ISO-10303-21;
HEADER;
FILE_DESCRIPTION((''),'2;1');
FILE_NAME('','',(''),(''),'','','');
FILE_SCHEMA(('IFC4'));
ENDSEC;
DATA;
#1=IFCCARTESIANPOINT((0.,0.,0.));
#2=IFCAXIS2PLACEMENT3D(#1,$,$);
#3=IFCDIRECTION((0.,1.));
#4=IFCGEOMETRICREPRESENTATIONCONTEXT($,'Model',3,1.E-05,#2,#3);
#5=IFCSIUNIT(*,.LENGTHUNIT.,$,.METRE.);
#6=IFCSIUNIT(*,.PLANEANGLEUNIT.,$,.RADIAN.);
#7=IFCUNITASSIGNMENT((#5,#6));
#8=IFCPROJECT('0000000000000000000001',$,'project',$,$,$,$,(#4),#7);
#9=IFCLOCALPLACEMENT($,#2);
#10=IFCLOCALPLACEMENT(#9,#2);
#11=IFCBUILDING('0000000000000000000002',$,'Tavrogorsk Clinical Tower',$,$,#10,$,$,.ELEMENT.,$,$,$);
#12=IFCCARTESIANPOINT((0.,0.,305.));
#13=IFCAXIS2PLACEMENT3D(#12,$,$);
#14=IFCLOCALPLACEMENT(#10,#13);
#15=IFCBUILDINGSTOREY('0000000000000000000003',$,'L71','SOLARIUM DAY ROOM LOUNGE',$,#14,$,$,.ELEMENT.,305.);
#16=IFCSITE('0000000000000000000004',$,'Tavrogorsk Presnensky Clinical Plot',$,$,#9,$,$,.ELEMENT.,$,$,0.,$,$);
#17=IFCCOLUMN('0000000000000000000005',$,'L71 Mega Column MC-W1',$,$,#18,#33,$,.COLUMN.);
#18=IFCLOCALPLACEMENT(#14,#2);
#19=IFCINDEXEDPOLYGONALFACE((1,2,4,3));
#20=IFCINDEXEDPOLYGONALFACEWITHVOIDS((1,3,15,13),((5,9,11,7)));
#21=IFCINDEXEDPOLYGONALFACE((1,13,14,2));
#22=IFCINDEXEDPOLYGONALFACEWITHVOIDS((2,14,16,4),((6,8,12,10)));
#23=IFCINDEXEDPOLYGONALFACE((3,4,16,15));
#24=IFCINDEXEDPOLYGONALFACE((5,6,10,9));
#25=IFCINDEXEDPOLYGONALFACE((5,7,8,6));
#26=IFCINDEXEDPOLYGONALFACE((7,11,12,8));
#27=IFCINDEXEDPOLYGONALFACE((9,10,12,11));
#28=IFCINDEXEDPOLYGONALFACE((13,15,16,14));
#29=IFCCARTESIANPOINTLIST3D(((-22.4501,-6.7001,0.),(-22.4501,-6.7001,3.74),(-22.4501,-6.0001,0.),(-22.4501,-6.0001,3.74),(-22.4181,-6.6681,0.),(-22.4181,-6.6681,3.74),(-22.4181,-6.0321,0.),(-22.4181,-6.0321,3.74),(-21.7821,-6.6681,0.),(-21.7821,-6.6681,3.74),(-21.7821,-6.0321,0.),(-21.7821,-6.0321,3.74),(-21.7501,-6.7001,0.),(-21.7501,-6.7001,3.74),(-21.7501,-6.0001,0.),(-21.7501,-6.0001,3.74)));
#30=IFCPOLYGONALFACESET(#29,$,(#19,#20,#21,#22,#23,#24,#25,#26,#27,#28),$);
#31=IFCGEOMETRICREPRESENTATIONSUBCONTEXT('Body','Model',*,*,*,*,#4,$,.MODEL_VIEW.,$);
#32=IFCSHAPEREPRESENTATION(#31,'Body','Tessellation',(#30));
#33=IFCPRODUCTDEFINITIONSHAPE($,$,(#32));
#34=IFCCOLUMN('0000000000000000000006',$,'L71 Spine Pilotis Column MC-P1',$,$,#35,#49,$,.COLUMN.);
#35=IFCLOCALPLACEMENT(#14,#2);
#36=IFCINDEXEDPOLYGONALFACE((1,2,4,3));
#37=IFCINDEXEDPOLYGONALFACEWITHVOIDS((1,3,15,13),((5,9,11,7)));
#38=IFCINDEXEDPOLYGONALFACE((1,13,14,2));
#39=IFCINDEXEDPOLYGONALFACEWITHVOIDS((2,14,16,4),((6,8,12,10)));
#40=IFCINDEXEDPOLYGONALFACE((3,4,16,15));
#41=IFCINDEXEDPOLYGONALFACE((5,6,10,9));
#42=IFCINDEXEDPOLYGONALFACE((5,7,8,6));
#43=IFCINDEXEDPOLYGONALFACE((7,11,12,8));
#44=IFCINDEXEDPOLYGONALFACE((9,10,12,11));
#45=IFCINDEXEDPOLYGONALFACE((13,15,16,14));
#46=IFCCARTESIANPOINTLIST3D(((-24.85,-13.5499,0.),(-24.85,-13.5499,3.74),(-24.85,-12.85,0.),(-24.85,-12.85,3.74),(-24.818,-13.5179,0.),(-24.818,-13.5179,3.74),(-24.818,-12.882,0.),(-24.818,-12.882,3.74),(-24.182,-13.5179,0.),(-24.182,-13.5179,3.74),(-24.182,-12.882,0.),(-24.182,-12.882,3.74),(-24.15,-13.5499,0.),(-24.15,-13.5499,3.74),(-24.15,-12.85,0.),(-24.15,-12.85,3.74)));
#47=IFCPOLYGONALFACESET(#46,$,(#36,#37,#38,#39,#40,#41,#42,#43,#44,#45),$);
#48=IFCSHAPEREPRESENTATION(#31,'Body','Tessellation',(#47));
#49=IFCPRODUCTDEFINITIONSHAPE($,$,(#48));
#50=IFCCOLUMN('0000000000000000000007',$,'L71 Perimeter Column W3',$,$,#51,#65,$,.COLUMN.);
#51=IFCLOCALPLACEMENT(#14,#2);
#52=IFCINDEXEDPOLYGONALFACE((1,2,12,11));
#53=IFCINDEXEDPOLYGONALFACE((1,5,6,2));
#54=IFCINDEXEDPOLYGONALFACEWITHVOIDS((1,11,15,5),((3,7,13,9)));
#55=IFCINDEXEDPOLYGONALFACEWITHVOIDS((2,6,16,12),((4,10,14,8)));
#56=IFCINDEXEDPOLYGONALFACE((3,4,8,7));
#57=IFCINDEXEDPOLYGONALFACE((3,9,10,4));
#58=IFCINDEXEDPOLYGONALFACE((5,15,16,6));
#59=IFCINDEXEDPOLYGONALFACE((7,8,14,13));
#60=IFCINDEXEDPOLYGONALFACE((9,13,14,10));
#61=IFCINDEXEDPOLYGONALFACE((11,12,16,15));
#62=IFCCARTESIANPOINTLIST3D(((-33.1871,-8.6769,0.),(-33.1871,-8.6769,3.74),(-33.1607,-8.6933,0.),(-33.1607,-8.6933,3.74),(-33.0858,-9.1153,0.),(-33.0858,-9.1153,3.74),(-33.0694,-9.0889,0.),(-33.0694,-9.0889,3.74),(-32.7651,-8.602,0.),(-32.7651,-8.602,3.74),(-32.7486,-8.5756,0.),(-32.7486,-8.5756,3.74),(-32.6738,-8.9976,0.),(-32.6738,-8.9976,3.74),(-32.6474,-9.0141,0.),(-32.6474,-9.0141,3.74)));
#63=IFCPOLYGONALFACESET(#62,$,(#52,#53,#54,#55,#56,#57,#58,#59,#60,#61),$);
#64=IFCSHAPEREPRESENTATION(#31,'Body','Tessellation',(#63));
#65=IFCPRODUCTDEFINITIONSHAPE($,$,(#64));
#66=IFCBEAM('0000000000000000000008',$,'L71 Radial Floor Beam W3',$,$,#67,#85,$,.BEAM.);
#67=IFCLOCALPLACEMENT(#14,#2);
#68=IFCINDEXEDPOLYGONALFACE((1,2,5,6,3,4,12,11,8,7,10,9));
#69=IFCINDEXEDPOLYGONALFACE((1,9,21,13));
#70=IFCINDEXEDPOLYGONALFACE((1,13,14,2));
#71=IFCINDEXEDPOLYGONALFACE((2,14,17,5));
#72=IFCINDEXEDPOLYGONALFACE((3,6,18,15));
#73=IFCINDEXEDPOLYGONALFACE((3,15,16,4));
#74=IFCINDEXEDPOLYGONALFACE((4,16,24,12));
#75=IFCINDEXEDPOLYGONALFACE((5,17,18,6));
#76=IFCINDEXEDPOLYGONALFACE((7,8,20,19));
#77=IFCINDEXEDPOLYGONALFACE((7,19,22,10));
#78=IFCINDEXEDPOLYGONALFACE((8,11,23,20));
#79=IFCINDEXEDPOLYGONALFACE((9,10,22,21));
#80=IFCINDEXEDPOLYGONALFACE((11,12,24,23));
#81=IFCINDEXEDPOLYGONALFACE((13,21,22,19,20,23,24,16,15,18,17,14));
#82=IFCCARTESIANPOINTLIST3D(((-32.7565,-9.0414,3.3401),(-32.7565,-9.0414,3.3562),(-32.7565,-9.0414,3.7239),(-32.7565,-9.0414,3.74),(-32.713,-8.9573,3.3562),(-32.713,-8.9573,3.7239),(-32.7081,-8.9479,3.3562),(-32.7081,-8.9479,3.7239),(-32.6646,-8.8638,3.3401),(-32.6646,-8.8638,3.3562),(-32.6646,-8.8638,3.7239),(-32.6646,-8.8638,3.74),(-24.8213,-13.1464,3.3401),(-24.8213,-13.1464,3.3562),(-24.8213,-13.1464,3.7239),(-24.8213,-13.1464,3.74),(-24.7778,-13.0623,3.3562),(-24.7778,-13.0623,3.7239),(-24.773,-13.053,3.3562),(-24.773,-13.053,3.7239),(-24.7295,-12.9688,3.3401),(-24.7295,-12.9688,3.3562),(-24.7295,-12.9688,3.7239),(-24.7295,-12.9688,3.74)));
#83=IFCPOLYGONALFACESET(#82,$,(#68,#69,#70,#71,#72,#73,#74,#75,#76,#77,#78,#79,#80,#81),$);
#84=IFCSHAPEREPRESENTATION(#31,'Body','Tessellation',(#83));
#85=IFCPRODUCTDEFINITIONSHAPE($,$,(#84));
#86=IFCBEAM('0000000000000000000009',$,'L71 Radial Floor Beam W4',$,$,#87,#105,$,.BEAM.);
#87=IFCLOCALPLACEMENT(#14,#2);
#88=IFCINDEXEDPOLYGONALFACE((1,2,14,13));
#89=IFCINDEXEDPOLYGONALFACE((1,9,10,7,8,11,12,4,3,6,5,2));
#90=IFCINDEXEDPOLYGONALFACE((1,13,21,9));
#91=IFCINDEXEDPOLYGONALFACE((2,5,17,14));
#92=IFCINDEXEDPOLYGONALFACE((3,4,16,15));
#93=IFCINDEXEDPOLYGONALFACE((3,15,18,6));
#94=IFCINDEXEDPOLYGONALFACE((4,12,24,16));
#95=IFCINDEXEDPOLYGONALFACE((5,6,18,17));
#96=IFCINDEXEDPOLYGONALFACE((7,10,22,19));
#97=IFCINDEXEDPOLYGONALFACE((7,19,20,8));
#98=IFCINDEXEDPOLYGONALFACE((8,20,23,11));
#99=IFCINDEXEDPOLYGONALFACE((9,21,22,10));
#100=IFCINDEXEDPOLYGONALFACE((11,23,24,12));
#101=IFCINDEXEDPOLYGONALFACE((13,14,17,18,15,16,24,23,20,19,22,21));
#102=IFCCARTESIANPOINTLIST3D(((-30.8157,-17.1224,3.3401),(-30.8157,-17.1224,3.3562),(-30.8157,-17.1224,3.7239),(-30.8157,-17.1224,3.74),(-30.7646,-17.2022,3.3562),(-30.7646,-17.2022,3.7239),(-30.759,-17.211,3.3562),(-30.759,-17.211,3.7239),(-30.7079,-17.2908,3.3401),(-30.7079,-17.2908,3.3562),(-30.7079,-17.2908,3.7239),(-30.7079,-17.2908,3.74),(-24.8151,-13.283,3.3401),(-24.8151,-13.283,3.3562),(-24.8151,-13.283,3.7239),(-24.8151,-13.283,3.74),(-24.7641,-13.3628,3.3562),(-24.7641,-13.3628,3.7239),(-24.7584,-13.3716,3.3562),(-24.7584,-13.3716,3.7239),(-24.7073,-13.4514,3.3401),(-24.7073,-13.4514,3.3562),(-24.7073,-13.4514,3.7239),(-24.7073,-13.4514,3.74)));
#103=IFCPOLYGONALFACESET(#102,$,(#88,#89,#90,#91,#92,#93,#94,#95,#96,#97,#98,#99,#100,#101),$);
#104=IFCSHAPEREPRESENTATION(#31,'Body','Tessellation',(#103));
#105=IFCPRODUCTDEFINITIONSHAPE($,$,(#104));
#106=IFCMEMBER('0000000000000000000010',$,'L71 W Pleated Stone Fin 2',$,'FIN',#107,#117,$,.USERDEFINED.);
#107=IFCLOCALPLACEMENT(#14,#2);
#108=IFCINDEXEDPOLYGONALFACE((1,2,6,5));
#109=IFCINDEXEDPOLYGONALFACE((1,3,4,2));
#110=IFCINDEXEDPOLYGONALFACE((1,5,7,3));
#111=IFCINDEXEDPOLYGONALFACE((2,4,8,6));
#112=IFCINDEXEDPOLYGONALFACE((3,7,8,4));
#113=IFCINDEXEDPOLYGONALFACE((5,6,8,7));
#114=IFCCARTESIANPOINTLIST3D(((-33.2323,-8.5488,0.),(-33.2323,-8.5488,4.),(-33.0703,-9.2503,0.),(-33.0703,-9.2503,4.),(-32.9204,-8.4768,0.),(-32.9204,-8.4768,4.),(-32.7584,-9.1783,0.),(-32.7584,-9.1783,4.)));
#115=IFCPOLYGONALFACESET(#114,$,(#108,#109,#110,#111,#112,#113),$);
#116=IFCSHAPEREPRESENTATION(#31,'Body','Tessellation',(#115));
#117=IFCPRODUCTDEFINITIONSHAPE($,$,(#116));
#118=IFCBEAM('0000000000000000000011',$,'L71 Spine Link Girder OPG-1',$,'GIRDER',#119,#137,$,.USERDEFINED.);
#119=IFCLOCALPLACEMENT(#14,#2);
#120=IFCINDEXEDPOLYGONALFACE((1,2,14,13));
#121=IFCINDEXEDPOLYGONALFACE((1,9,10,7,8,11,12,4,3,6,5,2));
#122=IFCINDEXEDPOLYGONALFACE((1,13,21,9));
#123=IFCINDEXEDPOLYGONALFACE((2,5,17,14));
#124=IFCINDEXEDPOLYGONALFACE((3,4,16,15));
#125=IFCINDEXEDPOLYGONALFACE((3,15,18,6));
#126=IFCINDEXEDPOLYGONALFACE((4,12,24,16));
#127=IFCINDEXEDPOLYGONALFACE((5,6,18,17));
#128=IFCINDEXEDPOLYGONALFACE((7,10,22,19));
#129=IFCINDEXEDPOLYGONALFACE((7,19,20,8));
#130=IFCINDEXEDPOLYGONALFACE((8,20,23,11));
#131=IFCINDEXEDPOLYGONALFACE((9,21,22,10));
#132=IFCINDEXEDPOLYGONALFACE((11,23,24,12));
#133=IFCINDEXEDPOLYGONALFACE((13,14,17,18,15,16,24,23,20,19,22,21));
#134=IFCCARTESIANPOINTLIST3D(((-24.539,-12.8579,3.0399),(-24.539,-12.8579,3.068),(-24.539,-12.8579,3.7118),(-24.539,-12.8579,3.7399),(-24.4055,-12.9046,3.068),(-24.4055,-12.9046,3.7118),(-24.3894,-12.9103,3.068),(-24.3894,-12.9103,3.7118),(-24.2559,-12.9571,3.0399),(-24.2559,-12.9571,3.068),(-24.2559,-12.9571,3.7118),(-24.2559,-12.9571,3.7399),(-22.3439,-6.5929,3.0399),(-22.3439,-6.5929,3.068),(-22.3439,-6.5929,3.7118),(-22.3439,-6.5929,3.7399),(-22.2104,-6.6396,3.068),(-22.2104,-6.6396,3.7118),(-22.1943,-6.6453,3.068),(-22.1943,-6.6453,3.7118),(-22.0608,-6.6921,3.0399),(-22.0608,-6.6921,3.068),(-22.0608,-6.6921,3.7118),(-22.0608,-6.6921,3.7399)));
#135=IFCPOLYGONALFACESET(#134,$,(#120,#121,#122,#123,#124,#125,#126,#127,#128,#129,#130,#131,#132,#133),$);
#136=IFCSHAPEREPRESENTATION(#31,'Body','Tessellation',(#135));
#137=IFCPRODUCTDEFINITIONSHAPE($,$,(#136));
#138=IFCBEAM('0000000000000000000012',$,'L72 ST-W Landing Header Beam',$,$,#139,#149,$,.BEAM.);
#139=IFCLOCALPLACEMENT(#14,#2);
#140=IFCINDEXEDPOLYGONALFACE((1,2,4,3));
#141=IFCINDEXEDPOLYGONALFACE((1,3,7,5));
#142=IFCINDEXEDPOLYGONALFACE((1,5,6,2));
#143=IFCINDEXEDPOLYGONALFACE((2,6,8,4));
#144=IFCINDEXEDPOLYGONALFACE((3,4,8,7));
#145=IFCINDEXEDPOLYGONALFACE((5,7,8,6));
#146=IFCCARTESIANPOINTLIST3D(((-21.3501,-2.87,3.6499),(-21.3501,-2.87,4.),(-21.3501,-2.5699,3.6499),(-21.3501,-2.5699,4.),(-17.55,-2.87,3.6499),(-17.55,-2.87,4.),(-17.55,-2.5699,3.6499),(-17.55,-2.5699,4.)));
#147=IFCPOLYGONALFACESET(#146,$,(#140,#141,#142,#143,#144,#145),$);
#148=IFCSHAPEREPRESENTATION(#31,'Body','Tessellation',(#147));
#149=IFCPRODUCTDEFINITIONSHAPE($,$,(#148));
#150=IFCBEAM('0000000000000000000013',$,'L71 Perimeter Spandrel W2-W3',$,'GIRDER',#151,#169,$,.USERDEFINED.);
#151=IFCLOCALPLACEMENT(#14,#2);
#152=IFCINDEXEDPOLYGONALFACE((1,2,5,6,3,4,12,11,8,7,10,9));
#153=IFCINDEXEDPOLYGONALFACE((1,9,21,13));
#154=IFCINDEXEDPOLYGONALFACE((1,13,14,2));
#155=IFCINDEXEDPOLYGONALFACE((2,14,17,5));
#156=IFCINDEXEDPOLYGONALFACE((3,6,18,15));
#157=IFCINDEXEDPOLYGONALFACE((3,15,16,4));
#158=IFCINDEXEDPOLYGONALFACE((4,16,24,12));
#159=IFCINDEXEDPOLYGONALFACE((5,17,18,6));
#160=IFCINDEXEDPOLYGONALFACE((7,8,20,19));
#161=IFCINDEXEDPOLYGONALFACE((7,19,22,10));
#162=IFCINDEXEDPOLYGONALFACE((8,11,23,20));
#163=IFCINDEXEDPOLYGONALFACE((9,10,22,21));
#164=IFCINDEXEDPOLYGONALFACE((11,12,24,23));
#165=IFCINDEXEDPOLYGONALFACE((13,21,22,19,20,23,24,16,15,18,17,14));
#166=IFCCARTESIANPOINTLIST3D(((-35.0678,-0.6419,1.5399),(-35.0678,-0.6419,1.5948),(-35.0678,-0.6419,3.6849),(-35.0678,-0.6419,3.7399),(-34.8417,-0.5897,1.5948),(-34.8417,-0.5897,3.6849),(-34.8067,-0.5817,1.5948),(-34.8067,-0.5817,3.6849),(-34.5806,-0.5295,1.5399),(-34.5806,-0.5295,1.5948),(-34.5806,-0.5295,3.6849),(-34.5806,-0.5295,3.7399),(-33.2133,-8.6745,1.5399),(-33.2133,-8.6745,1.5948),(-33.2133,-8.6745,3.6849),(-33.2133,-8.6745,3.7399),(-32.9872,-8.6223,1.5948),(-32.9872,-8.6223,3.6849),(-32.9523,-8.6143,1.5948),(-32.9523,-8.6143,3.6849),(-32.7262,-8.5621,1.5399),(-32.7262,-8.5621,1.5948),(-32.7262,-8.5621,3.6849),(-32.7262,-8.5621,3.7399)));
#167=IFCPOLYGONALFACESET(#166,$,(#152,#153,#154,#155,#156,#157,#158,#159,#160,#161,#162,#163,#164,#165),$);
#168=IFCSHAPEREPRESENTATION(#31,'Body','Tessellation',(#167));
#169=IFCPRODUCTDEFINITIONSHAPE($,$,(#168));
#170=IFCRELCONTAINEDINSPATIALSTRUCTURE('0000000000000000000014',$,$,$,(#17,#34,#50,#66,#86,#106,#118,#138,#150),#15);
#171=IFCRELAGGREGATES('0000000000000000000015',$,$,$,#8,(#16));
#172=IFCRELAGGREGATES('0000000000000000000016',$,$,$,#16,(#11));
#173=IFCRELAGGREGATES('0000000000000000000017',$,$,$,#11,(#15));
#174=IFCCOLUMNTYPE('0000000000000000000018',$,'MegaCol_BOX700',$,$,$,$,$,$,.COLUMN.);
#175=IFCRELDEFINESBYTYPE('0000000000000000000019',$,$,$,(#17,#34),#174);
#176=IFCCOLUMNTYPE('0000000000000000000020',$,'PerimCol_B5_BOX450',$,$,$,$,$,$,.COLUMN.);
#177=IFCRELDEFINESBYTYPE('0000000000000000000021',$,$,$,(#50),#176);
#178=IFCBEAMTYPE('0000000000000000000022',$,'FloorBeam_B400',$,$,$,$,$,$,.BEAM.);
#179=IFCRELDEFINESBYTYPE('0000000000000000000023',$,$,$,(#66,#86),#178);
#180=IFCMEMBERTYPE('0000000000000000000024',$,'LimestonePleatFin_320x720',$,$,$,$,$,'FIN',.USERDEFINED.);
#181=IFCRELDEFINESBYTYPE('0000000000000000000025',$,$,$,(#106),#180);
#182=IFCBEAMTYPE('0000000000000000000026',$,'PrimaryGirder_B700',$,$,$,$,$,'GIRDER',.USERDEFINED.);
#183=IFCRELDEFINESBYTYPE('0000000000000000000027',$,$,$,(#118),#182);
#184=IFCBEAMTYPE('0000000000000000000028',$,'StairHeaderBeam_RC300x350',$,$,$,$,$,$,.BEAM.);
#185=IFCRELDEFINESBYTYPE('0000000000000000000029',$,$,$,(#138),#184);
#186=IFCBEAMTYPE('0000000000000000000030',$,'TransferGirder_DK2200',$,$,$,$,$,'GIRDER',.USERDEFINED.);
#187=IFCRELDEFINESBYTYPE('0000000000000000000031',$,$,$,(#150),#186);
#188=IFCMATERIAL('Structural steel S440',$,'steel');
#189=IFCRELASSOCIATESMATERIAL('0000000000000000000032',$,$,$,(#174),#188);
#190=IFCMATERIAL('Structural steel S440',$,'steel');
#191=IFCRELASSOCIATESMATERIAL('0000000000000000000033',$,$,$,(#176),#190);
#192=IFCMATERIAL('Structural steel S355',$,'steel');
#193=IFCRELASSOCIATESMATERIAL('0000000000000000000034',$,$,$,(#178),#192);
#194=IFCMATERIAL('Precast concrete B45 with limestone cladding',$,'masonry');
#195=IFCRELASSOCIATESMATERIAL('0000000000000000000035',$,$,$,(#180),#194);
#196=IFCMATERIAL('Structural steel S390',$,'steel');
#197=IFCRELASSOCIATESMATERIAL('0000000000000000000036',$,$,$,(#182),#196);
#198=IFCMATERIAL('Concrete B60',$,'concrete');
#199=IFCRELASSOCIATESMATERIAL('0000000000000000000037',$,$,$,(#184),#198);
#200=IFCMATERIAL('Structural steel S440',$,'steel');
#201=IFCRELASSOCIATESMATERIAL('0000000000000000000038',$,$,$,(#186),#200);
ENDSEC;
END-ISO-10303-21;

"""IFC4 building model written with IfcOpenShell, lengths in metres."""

from ifc_helpers import new_model, si_unit, direction, frame, origin, origin_2d, place, context, subcontext, project, spatial, rectangle, hollow_rectangle, i_section, extrude, material, material_profile, profile_set, type_object, element, save


model = new_model("IFC4")

# Units and contexts
model_context = context("Model", 3, precision=1e-05, world=origin(), true_north=direction((0.0, 1.0)))
body_context = subcontext(model_context, "Body", "Model", "MODEL_VIEW")
ifc_project = project(units=[si_unit("LENGTHUNIT", "METRE"), si_unit("PLANEANGLEUNIT", "RADIAN")], contexts=[model_context])

# Site, building, storey
site_placement = place(None, origin())
site = spatial("IfcSite", under=ifc_project, at=site_placement, Name="Tavrogorsk Presnensky Clinical Plot", CompositionType="ELEMENT", RefElevation=0.0)
building_placement = place(site_placement, origin())
building = spatial("IfcBuilding", under=site, at=building_placement, Name="Tavrogorsk Clinical Tower", CompositionType="ELEMENT")
storey_placement = place(building_placement, frame((0.0, 0.0, 305.0)))
storey = spatial("IfcBuildingStorey", under=building, at=storey_placement, Name="L71", Description="SOLARIUM DAY ROOM LOUNGE", CompositionType="ELEMENT", Elevation=305.0)

# Columns
ifc_material_1 = material(Name="Structural steel S440", Category="steel")
ifc_material_profile_1 = material_profile(ifc_material_1, hollow_rectangle(XDim=0.7, YDim=0.7, WallThickness=0.032, at=origin_2d()), Name="BOX-700x700x32")
ifc_profile_set_1 = profile_set([ifc_material_profile_1], Name="Structural steel S440")
column_type_1 = type_object("IfcColumnType", Name="MegaCol_BOX700", PredefinedType="COLUMN", material=ifc_profile_set_1)
for number, where, z_axis, x_axis, name in (
    (1, (-22.1001, -6.3501, 0.0), (0.0, 0.0, 1.0), (1.0, 0.0, 0.0), "L71 Mega Column MC-W1"),
    (2, (-24.5, -13.2, 0.0), (0.0, 0.0, 1.0), (1.0, 0.0, 0.0), "L71 Spine Pilotis Column MC-P1"),
):
    element("IfcColumn", number, at=place(storey_placement, frame(where, z_axis=z_axis, x_axis=x_axis)), inside=storey, type_object=column_type_1, Name=name, PredefinedType="COLUMN", context=body_context, shape_type="SweptSolid", body=[
        extrude(hollow_rectangle(XDim=0.7, YDim=0.7, WallThickness=0.032, at=origin_2d()), origin(), (0.0, 0.0, 1.0), 3.74),
    ])
ifc_material_2 = material(Name="Structural steel S440", Category="steel")
ifc_material_profile_2 = material_profile(ifc_material_2, hollow_rectangle(XDim=0.45, YDim=0.45, WallThickness=0.022, at=origin_2d()), Name="BOX-450x450x22")
ifc_profile_set_2 = profile_set([ifc_material_profile_2], Name="Structural steel S440")
column_type_2 = type_object("IfcColumnType", Name="PerimCol_B5_BOX450", PredefinedType="COLUMN", material=ifc_profile_set_2)
column_placement = place(storey_placement, frame((-32.9172, -8.8455, 0.0), z_axis=(0.0, 0.0, 1.0), x_axis=(0.97437, 0.224951, 0.0)))
element("IfcColumn", 3, at=column_placement, inside=storey, type_object=column_type_2, Name="L71 Perimeter Column W3", PredefinedType="COLUMN", context=body_context, shape_type="SweptSolid", body=[
    extrude(hollow_rectangle(XDim=0.45, YDim=0.45, WallThickness=0.022, at=origin_2d()), origin(), (0.0, 0.0, 1.0), 3.74),
])

# Beams
ifc_material_3 = material(Name="Structural steel S355", Category="steel")
ifc_material_profile_3 = material_profile(ifc_material_3, i_section(OverallWidth=0.2, OverallDepth=0.3999, WebThickness=0.0105, FlangeThickness=0.0161, at=origin_2d()), Name="B-400x200x10.5x16")
ifc_profile_set_3 = profile_set([ifc_material_profile_3], Name="Structural steel S355")
beam_type_1 = type_object("IfcBeamType", Name="FloorBeam_B400", PredefinedType="BEAM", material=ifc_profile_set_3)
beam_1_placement = place(storey_placement, frame((-24.7754, -13.0576, 3.54), z_axis=(-0.888188, 0.459479, 0.0), x_axis=(-0.459479, -0.888188, 0.0)))
element("IfcBeam", 4, at=beam_1_placement, inside=storey, type_object=beam_type_1, Name="L71 Radial Floor Beam W3", PredefinedType="BEAM", context=body_context, shape_type="SweptSolid", body=[
    extrude(i_section(OverallWidth=0.2, OverallDepth=0.3999, WebThickness=0.0105, FlangeThickness=0.0161, at=origin_2d()), origin(), (0.0, 0.0, 1.0), 8.9341),
])
beam_2_placement = place(storey_placement, frame((-24.7612, -13.3672, 3.54), z_axis=(-0.842332, -0.538958, 0.0), x_axis=(0.538958, -0.842332, 0.0)))
element("IfcBeam", 5, at=beam_2_placement, inside=storey, type_object=beam_type_1, Name="L71 Radial Floor Beam W4", PredefinedType="BEAM", context=body_context, shape_type="SweptSolid", body=[
    extrude(i_section(OverallWidth=0.2, OverallDepth=0.3999, WebThickness=0.0105, FlangeThickness=0.0161, at=origin_2d()), origin(), (0.0, 0.0, 1.0), 7.1238),
])

# Member
ifc_material_4 = material(Name="Precast concrete B45 with limestone cladding", Category="masonry")
ifc_material_profile_4 = material_profile(ifc_material_4, rectangle(XDim=0.3201, YDim=0.72, at=origin_2d()), Name="LIMESTONE-FIN-320x720")
ifc_profile_set_4 = profile_set([ifc_material_profile_4], Name="Precast concrete B45 with limestone cladding")
member_type = type_object("IfcMemberType", Name="LimestonePleatFin_320x720", ElementType="FIN", PredefinedType="USERDEFINED", material=ifc_profile_set_4)
member_placement = place(storey_placement, frame((-32.9954, -8.8635, 0.0), z_axis=(0.0, 0.0, 1.0), x_axis=(0.97437, 0.224951, 0.0)))
element("IfcMember", 6, at=member_placement, inside=storey, type_object=member_type, Name="L71 W Pleated Stone Fin 2", ObjectType="FIN", PredefinedType="USERDEFINED", context=body_context, shape_type="SweptSolid", body=[
    extrude(rectangle(XDim=0.3201, YDim=0.72, at=origin_2d()), origin(), (0.0, 0.0, 1.0), 4.0),
])

# Beams
ifc_material_5 = material(Name="Structural steel S390", Category="steel")
ifc_material_profile_5 = material_profile(ifc_material_5, i_section(OverallWidth=0.3, OverallDepth=0.7, WebThickness=0.0171, FlangeThickness=0.0281, at=origin_2d()), Name="B-700x300x17x28")
ifc_profile_set_5 = profile_set([ifc_material_profile_5], Name="Structural steel S390")
beam_type_2 = type_object("IfcBeamType", Name="PrimaryGirder_B700", ElementType="GIRDER", PredefinedType="USERDEFINED", material=ifc_profile_set_5)
beam_3_placement = place(storey_placement, frame((-24.3975, -12.9075, 3.3899), z_axis=(0.330667, 0.943748, 0.0), x_axis=(-0.943748, 0.330667, 0.0)))
element("IfcBeam", 7, at=beam_3_placement, inside=storey, type_object=beam_type_2, Name="L71 Spine Link Girder OPG-1", ObjectType="GIRDER", PredefinedType="USERDEFINED", context=body_context, shape_type="SweptSolid", body=[
    extrude(i_section(OverallWidth=0.3, OverallDepth=0.7, WebThickness=0.0171, FlangeThickness=0.0281, at=origin_2d()), origin(), (0.0, 0.0, 1.0), 6.6384),
])
ifc_material_6 = material(Name="Concrete B60", Category="concrete")
ifc_material_profile_6 = material_profile(ifc_material_6, rectangle(XDim=0.3, YDim=0.3501, at=origin_2d()), Name="RC-SHB-300x350")
ifc_profile_set_6 = profile_set([ifc_material_profile_6], Name="Concrete B60")
beam_type_3 = type_object("IfcBeamType", Name="StairHeaderBeam_RC300x350", PredefinedType="BEAM", material=ifc_profile_set_6)
beam_4_placement = place(storey_placement, frame((-21.3501, -2.72, 3.825), z_axis=(1.0, 0.0, 0.0), x_axis=(0.0, 1.0, 0.0)))
element("IfcBeam", 8, at=beam_4_placement, inside=storey, type_object=beam_type_3, Name="L72 ST-W Landing Header Beam", PredefinedType="BEAM", context=body_context, shape_type="SweptSolid", body=[
    extrude(rectangle(XDim=0.3, YDim=0.3501, at=origin_2d()), origin(), (0.0, 0.0, 1.0), 3.8),
])
ifc_material_7 = material(Name="Structural steel S440", Category="steel")
ifc_material_profile_7 = material_profile(ifc_material_7, i_section(OverallWidth=0.5, OverallDepth=2.2, WebThickness=0.0359, FlangeThickness=0.0549, at=origin_2d()), Name="DK-2200x500x36x55")
ifc_profile_set_7 = profile_set([ifc_material_profile_7], Name="Structural steel S440")
beam_type_4 = type_object("IfcBeamType", Name="TransferGirder_DK2200", ElementType="GIRDER", PredefinedType="USERDEFINED", material=ifc_profile_set_7)
beam_5_placement = place(storey_placement, frame((-34.8242, -0.5857, 2.6399), z_axis=(0.22495, -0.97437, 0.0), x_axis=(0.97437, 0.22495, 0.0)))
element("IfcBeam", 9, at=beam_5_placement, inside=storey, type_object=beam_type_4, Name="L71 Perimeter Spandrel W2-W3", ObjectType="GIRDER", PredefinedType="USERDEFINED", context=body_context, shape_type="SweptSolid", body=[
    extrude(i_section(OverallWidth=0.5, OverallDepth=2.2, WebThickness=0.0359, FlangeThickness=0.0549, at=origin_2d()), origin(), (0.0, 0.0, 1.0), 8.2439),
])

save(model, "model.ifc")
